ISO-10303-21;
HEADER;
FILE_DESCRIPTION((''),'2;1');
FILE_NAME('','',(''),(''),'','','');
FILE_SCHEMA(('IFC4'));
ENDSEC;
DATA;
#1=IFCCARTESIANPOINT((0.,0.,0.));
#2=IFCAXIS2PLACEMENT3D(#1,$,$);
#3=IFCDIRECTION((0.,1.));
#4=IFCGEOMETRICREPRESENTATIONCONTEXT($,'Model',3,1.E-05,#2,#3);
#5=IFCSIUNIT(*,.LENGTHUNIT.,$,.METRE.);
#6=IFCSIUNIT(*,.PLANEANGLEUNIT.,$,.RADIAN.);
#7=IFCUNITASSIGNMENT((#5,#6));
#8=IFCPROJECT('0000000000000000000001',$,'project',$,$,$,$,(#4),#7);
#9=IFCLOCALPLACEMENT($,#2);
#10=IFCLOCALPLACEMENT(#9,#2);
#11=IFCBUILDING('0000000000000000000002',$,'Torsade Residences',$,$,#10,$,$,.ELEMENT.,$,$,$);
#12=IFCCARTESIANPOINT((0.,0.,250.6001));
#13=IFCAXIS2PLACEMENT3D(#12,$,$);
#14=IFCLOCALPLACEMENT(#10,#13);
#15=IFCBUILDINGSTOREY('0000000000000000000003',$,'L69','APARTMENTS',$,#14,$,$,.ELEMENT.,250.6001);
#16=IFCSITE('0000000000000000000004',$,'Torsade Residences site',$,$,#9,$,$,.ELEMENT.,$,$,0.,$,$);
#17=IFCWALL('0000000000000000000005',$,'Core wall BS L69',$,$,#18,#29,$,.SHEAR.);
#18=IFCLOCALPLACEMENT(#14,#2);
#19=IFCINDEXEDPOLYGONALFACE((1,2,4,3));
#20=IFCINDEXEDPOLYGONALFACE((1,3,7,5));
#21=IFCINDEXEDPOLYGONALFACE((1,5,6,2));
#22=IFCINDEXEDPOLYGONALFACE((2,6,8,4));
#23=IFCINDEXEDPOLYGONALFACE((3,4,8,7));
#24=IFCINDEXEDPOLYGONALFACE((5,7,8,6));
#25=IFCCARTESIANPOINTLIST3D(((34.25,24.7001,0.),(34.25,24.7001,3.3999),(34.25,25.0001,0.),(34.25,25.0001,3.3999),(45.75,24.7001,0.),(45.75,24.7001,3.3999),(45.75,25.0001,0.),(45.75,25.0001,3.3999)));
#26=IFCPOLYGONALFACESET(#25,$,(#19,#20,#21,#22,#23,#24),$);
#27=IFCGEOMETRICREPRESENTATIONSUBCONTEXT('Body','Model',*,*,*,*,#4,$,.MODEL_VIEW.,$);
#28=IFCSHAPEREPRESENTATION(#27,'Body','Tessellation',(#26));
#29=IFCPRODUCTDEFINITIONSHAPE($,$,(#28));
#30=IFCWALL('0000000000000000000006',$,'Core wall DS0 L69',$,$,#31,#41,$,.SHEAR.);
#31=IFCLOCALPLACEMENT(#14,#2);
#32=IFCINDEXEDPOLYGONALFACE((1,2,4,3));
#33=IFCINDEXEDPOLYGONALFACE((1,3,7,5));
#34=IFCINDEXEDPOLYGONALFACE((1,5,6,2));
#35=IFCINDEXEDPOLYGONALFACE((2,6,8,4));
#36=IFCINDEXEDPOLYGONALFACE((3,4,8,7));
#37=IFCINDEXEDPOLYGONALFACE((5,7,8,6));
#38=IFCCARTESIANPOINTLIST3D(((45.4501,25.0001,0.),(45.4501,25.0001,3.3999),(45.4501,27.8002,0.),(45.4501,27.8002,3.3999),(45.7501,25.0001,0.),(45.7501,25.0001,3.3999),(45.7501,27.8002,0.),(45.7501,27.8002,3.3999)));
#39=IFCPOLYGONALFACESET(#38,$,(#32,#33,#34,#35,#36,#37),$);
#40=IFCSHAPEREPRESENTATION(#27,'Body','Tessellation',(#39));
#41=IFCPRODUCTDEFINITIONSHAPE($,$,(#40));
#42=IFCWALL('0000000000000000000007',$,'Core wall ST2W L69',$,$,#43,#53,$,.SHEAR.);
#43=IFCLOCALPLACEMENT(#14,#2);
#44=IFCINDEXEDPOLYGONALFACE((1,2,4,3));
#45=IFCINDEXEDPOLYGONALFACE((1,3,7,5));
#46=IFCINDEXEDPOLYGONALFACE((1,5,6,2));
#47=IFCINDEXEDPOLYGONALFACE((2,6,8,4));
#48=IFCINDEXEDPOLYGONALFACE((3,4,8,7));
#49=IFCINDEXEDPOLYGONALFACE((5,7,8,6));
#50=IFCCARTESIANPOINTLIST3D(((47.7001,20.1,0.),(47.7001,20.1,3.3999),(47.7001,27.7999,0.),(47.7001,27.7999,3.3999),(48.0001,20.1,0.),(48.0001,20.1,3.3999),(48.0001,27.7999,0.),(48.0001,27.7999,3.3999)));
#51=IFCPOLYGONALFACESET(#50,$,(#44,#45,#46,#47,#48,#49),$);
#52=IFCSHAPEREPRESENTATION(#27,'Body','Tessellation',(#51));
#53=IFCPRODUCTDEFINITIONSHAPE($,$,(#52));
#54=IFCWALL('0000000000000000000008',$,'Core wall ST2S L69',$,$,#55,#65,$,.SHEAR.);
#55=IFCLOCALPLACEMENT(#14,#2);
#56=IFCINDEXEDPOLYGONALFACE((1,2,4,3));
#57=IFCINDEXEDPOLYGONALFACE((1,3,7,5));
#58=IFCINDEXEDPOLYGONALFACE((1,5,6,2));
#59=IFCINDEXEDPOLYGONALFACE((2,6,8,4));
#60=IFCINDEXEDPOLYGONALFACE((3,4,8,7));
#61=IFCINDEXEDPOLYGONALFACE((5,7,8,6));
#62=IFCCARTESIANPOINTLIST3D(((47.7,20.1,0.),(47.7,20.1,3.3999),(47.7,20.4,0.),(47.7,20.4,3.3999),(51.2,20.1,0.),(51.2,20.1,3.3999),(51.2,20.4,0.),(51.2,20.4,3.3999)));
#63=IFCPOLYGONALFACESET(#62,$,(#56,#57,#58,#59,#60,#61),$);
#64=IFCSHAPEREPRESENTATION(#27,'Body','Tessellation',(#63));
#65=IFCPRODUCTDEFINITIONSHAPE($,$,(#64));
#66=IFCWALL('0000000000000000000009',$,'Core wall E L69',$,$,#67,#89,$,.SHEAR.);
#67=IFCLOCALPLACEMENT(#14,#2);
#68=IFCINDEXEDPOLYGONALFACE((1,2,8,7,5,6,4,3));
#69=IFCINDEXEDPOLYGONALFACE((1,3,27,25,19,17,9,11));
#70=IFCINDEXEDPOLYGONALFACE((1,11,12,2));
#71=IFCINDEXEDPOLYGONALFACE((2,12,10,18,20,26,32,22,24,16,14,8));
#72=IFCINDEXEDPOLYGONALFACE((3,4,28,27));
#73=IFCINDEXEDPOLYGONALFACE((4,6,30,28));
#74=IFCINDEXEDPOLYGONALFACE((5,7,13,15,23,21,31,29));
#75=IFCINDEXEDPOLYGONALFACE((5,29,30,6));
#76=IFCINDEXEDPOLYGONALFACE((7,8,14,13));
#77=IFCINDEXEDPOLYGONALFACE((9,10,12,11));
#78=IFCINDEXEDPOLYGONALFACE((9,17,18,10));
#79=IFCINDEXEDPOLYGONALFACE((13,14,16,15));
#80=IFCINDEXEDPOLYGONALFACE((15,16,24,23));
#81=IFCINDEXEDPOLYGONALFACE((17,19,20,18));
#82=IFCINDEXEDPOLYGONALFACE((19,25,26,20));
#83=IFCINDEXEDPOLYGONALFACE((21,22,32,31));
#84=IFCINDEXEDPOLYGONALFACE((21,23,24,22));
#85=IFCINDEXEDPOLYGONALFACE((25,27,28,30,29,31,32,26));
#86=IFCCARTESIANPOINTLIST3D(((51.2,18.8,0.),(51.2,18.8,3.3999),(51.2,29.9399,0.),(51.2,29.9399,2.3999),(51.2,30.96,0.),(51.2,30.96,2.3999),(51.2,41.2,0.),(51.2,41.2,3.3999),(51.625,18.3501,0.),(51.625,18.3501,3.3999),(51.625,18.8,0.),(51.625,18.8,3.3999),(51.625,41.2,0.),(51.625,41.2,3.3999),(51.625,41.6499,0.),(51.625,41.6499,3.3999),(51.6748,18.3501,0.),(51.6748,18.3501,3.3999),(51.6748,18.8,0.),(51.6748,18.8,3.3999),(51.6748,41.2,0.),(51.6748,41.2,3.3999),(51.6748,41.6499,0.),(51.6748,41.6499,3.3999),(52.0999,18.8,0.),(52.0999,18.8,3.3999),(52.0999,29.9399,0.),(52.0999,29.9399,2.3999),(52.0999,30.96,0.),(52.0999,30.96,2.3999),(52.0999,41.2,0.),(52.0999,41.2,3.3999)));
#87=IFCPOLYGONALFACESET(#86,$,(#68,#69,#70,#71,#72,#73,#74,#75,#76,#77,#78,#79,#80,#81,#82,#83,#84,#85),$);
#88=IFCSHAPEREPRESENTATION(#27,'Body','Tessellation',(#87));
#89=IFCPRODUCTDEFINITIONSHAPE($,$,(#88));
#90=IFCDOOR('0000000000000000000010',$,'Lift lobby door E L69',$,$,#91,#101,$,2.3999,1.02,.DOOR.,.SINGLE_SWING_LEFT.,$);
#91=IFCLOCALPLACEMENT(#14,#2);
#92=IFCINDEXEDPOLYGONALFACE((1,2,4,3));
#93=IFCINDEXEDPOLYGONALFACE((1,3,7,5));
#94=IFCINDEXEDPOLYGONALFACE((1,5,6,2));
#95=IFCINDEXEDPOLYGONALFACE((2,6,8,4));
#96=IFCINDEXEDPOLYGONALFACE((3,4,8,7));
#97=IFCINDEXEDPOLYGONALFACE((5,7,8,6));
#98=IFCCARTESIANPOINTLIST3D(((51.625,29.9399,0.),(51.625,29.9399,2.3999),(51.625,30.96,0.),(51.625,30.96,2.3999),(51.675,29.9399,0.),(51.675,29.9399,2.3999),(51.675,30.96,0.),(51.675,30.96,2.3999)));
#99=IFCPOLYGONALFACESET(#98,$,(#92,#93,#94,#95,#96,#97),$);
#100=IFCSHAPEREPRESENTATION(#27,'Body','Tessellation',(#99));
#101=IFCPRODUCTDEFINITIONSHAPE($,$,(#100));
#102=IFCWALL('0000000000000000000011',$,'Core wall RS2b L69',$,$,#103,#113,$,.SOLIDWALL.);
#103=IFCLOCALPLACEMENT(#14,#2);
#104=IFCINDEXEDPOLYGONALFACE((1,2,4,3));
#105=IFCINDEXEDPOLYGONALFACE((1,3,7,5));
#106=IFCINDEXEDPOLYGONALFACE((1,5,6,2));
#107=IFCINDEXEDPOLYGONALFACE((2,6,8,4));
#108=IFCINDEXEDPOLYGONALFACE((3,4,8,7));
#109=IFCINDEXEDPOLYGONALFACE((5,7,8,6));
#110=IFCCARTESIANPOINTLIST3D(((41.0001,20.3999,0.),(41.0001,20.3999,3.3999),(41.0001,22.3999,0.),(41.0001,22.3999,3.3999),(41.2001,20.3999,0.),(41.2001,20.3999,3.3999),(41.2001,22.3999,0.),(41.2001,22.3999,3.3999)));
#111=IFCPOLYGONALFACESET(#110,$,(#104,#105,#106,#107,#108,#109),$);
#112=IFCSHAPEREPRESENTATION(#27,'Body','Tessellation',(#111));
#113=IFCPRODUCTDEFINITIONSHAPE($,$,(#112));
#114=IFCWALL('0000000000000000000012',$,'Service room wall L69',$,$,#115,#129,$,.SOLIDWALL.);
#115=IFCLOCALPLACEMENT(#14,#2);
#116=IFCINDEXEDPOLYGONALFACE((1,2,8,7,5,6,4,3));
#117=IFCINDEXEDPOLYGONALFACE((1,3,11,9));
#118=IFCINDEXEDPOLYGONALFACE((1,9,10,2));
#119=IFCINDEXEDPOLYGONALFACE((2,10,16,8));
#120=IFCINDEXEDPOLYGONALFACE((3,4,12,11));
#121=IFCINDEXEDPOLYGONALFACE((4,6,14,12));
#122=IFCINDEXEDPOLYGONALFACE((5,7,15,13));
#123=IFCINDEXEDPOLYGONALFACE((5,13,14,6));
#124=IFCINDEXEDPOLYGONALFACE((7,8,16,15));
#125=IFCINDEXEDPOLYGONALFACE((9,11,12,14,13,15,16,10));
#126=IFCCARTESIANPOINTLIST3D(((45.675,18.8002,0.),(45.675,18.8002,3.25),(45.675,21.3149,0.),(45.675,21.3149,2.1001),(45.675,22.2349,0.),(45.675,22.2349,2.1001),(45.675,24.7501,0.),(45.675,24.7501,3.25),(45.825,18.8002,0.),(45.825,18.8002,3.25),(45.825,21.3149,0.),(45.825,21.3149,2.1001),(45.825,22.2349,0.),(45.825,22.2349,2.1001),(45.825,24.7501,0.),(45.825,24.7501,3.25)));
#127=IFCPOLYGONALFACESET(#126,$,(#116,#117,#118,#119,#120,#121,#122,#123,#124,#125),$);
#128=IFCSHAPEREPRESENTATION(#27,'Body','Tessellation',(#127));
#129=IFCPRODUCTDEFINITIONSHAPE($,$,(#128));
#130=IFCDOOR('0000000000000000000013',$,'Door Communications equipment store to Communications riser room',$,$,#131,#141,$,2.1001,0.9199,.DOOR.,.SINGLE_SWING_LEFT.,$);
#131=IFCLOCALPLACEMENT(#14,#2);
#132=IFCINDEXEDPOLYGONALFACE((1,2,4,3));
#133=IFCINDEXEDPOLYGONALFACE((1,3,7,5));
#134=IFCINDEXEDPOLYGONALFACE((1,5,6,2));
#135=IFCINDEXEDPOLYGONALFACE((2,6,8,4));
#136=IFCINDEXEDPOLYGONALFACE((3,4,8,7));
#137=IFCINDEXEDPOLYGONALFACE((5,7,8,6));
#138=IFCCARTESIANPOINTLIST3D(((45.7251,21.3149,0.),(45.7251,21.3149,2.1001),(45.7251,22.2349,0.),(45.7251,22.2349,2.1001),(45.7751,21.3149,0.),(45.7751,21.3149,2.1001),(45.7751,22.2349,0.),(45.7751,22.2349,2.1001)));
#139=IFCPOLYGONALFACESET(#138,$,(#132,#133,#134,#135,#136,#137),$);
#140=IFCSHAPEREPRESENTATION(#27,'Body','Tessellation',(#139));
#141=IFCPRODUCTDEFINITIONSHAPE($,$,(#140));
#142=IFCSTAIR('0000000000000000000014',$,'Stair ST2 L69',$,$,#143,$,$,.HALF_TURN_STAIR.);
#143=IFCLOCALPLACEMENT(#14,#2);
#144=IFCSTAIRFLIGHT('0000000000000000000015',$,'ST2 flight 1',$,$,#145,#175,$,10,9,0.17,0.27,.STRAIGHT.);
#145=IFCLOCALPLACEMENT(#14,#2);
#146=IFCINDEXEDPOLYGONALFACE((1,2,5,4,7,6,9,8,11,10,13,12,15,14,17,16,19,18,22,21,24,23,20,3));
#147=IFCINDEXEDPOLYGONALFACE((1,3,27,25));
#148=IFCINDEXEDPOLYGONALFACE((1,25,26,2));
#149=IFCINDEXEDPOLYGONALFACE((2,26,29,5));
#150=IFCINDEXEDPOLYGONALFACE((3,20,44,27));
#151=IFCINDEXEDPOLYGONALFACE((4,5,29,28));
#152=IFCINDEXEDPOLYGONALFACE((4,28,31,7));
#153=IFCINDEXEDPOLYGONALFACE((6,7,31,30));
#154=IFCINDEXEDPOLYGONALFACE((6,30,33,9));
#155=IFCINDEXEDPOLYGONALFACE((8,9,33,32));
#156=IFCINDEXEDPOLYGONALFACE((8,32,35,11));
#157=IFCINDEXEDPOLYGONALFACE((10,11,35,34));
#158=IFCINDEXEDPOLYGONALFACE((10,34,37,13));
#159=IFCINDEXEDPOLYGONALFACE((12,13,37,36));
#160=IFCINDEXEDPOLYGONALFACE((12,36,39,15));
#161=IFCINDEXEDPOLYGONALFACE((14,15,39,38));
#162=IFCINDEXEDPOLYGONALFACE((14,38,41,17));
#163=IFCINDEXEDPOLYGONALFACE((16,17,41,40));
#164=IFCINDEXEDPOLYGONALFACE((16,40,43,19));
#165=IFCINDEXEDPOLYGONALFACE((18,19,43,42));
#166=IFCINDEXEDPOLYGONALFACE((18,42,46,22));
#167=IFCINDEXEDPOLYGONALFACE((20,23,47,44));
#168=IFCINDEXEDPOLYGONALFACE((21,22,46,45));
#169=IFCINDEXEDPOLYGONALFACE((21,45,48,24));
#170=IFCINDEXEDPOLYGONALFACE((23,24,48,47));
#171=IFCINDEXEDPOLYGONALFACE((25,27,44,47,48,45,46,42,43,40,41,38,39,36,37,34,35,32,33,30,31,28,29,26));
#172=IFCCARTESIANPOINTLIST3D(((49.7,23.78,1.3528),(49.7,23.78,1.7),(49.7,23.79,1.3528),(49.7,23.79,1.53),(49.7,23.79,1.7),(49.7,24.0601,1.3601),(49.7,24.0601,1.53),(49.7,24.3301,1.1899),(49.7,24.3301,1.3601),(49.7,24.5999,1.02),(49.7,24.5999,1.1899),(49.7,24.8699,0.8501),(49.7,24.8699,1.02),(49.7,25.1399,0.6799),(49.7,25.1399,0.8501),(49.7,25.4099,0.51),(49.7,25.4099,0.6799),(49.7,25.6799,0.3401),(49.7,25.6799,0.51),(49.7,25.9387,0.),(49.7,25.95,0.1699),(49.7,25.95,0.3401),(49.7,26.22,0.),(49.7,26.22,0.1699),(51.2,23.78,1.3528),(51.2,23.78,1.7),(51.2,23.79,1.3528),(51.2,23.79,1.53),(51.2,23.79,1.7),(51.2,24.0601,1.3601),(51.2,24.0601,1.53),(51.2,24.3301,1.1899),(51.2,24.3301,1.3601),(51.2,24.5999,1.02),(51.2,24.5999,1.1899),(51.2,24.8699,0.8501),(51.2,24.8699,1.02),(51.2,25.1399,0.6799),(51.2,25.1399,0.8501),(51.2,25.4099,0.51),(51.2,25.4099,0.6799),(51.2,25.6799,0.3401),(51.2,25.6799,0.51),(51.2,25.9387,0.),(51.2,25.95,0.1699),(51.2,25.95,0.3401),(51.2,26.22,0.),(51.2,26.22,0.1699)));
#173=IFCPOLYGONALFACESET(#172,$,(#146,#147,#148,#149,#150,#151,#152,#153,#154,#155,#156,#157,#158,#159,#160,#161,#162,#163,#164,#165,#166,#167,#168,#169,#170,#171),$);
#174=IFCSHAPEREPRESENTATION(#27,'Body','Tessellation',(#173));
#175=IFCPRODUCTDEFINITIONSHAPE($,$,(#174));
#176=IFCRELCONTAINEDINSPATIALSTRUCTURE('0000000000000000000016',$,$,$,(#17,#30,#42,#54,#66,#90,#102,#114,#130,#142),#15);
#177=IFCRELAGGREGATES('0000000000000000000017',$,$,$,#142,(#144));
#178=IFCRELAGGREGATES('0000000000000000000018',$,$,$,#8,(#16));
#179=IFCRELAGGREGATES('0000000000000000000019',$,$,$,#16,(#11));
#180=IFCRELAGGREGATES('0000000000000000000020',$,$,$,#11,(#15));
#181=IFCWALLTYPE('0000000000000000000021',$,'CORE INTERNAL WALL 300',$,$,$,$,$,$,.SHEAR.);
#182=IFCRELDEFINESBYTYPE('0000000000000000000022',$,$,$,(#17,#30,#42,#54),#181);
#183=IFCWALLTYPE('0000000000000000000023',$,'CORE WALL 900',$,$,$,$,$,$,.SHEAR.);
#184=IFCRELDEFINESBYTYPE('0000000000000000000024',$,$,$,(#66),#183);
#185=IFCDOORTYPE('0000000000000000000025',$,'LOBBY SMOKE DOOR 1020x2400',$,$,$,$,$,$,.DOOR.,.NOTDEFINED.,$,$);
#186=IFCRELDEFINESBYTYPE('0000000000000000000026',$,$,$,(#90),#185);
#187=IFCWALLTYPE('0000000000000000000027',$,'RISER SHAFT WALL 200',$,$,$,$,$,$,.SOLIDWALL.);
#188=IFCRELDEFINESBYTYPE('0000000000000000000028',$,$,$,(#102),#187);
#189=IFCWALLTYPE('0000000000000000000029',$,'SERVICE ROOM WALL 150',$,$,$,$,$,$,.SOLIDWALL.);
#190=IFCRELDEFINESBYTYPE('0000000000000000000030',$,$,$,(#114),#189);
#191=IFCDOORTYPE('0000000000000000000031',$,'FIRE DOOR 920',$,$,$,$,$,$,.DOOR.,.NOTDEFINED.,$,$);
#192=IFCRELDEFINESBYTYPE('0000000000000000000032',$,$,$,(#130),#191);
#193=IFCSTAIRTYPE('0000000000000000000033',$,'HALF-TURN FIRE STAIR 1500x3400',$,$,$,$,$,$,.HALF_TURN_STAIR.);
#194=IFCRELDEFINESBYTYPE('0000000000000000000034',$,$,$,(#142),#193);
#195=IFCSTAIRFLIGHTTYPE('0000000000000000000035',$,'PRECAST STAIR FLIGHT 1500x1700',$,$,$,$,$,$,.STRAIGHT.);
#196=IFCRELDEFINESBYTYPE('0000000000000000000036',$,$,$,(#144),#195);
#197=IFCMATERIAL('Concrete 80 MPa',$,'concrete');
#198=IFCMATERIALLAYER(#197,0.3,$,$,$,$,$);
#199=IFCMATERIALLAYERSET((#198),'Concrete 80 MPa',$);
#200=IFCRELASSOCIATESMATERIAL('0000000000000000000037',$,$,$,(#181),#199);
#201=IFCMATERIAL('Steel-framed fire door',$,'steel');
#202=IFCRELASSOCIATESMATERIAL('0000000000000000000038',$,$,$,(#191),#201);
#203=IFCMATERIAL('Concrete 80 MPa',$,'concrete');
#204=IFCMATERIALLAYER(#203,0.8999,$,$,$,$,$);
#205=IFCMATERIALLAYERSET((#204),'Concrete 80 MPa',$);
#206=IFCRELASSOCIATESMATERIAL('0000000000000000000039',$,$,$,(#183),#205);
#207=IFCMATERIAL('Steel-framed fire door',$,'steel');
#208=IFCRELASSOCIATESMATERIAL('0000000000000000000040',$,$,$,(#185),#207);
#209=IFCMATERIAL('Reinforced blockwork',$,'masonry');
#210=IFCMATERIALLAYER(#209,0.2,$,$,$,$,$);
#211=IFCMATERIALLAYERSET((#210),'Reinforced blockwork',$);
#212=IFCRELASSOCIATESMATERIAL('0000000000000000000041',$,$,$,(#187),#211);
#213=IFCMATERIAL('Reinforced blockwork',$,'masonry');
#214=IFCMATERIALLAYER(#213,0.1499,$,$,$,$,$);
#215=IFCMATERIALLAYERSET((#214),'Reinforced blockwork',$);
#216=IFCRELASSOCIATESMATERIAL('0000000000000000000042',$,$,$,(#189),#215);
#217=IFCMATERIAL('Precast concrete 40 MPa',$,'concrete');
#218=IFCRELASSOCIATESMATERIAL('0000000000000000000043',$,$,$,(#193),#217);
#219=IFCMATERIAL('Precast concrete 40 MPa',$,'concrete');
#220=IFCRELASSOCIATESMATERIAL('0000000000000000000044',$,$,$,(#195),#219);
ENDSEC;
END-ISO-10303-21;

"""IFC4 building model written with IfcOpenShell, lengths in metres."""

from ifc_helpers import new_model, si_unit, direction, frame, frame_2d, origin, place, context, subcontext, project, spatial, polyline, rectangle, outline, extrude, material, layer, layer_set, type_object, element, fill, aggregate, save


model = new_model("IFC4")

# Units and contexts
model_context = context("Model", 3, precision=1e-05, world=origin(), true_north=direction((0.0, 1.0)))
body_context = subcontext(model_context, "Body", "Model", "MODEL_VIEW")
ifc_project = project(units=[si_unit("LENGTHUNIT", "METRE"), si_unit("PLANEANGLEUNIT", "RADIAN")], contexts=[model_context])

# Site, building, storey
site_placement = place(None, origin())
site = spatial("IfcSite", under=ifc_project, at=site_placement, Name="Torsade Residences site", CompositionType="ELEMENT", RefElevation=0.0)
building_placement = place(site_placement, origin())
building = spatial("IfcBuilding", under=site, at=building_placement, Name="Torsade Residences", CompositionType="ELEMENT")
storey_placement = place(building_placement, frame((0.0, 0.0, 250.6001)))
storey = spatial("IfcBuildingStorey", under=building, at=storey_placement, Name="L69", Description="APARTMENTS", CompositionType="ELEMENT", Elevation=250.6001)

# Shared definitions
ifc_material_1 = material(Name="Concrete 80 MPa", Category="concrete")
ifc_layer_1 = layer(ifc_material_1, 0.3)
ifc_layer_set_1 = layer_set([ifc_layer_1], Name="Concrete 80 MPa")
wall_type_1 = type_object("IfcWallType", Name="CORE INTERNAL WALL 300", PredefinedType="SHEAR", material=ifc_layer_set_1)
ifc_material_2 = material(Name="Steel-framed fire door", Category="steel")
door_type_1 = type_object("IfcDoorType", Name="FIRE DOOR 920", OperationType="NOTDEFINED", PredefinedType="DOOR", material=ifc_material_2)

# Walls
wall_1_placement = place(storey_placement, frame((45.75, 24.8501, 0.0), z_axis=(0.0, 0.0, 1.0), x_axis=(-1.0, 0.0, 0.0)))
element("IfcWall", 1, at=wall_1_placement, inside=storey, type_object=wall_type_1, Name="Core wall BS L69", PredefinedType="SHEAR", context=body_context, shape_type="SweptSolid", body=[
    extrude(rectangle(XDim=11.5, YDim=0.3, at=frame_2d((5.75, 0.0))), origin(), (0.0, 0.0, 1.0), 3.3999),
])
wall_2_placement = place(storey_placement, frame((45.6001, 27.8, 0.0), z_axis=(0.0, 0.0, 1.0), x_axis=(0.0, -1.0, 0.0)))
element("IfcWall", 2, at=wall_2_placement, inside=storey, type_object=wall_type_1, Name="Core wall DS0 L69", PredefinedType="SHEAR", context=body_context, shape_type="SweptSolid", body=[
    extrude(rectangle(XDim=2.8, YDim=0.3, at=frame_2d((1.3999, 0.0))), origin(), (0.0, 0.0, 1.0), 3.3999),
])
wall_3_placement = place(storey_placement, frame((47.8501, 27.8, 0.0), z_axis=(0.0, 0.0, 1.0), x_axis=(0.0, -1.0, 0.0)))
element("IfcWall", 3, at=wall_3_placement, inside=storey, type_object=wall_type_1, Name="Core wall ST2W L69", PredefinedType="SHEAR", context=body_context, shape_type="SweptSolid", body=[
    extrude(rectangle(XDim=7.7, YDim=0.3, at=frame_2d((3.8501, 0.0))), origin(), (0.0, 0.0, 1.0), 3.3999),
])
wall_4_placement = place(storey_placement, frame((51.2, 20.25, 0.0), z_axis=(0.0, 0.0, 1.0), x_axis=(-1.0, 0.0, 0.0)))
element("IfcWall", 4, at=wall_4_placement, inside=storey, type_object=wall_type_1, Name="Core wall ST2S L69", PredefinedType="SHEAR", context=body_context, shape_type="SweptSolid", body=[
    extrude(rectangle(XDim=3.5, YDim=0.3, at=frame_2d((1.75, 0.0))), origin(), (0.0, 0.0, 1.0), 3.3999),
])

# Wall, opening, door
ifc_material_3 = material(Name="Concrete 80 MPa", Category="concrete")
ifc_layer_2 = layer(ifc_material_3, 0.8999)
ifc_layer_set_2 = layer_set([ifc_layer_2], Name="Concrete 80 MPa")
wall_type_2 = type_object("IfcWallType", Name="CORE WALL 900", PredefinedType="SHEAR", material=ifc_layer_set_2)
wall_5_placement = place(storey_placement, frame((51.6499, 18.8, 0.0), z_axis=(0.0, 0.0, 1.0), x_axis=(0.0, 1.0, 0.0)))
wall_5 = element("IfcWall", 5, at=wall_5_placement, inside=storey, type_object=wall_type_2, Name="Core wall E L69", PredefinedType="SHEAR", context=body_context, shape_type="SweptSolid", body=[
    extrude(outline(polyline([(0.0, -0.45), (22.3999, -0.45), (22.3999, -0.0249), (22.8499, -0.0249), (22.8499, 0.0249), (22.3999, 0.0249), (22.3999, 0.45), (0.0, 0.45), (0.0, 0.0249), (-0.45, 0.0249), (-0.45, -0.0249), (0.0, -0.0249), (0.0, -0.45)])), origin(), (0.0, 0.0, 1.0), 3.3999),
])
opening_1_placement = place(wall_5_placement, frame((11.1399, 0.0, 0.0)))
opening_1 = element("IfcOpeningElement", 6, at=opening_1_placement, cuts=wall_5, PredefinedType="OPENING", context=body_context, shape_type="SweptSolid", body=[
    extrude(rectangle(XDim=1.02, YDim=2.3999, at=frame_2d((0.51, 1.2))), frame((0.0, 0.46, 0.0), z_axis=(0.0, -1.0, 0.0), x_axis=(1.0, 0.0, 0.0)), (0.0, 0.0, 1.0), 0.9199),
])
ifc_material_4 = material(Name="Steel-framed fire door", Category="steel")
door_type_2 = type_object("IfcDoorType", Name="LOBBY SMOKE DOOR 1020x2400", OperationType="NOTDEFINED", PredefinedType="DOOR", material=ifc_material_4)
door_1_placement = place(opening_1_placement, origin())
door_1 = element("IfcDoor", 7, at=door_1_placement, inside=storey, type_object=door_type_2, Name="Lift lobby door E L69", OperationType="SINGLE_SWING_LEFT", OverallHeight=2.3999, OverallWidth=1.02, PredefinedType="DOOR", context=body_context, shape_type="SweptSolid", body=[
    extrude(rectangle(XDim=1.02, YDim=2.3999, at=frame_2d((0.51, 1.2))), frame((0.0, 0.0249, 0.0), z_axis=(0.0, -1.0, 0.0), x_axis=(1.0, 0.0, 0.0)), (0.0, 0.0, 1.0), 0.05),
])
fill(opening_1, door_1)

# Wall
ifc_material_5 = material(Name="Reinforced blockwork", Category="masonry")
ifc_layer_3 = layer(ifc_material_5, 0.2)
ifc_layer_set_3 = layer_set([ifc_layer_3], Name="Reinforced blockwork")
wall_type_3 = type_object("IfcWallType", Name="RISER SHAFT WALL 200", PredefinedType="SOLIDWALL", material=ifc_layer_set_3)
wall_6_placement = place(storey_placement, frame((41.1001, 22.3999, 0.0), z_axis=(0.0, 0.0, 1.0), x_axis=(0.0, -1.0, 0.0)))
element("IfcWall", 8, at=wall_6_placement, inside=storey, type_object=wall_type_3, Name="Core wall RS2b L69", PredefinedType="SOLIDWALL", context=body_context, shape_type="SweptSolid", body=[
    extrude(rectangle(XDim=2.0, YDim=0.2, at=frame_2d((1.0, 0.0))), origin(), (0.0, 0.0, 1.0), 3.3999),
])

# Wall, opening, door
ifc_material_6 = material(Name="Reinforced blockwork", Category="masonry")
ifc_layer_4 = layer(ifc_material_6, 0.1499)
ifc_layer_set_4 = layer_set([ifc_layer_4], Name="Reinforced blockwork")
wall_type_4 = type_object("IfcWallType", Name="SERVICE ROOM WALL 150", PredefinedType="SOLIDWALL", material=ifc_layer_set_4)
wall_7_placement = place(storey_placement, frame((45.75, 18.8, 0.0), z_axis=(0.0, 0.0, 1.0), x_axis=(0.0, 1.0, 0.0)))
wall_7 = element("IfcWall", 9, at=wall_7_placement, inside=storey, type_object=wall_type_4, Name="Service room wall L69", PredefinedType="SOLIDWALL", context=body_context, shape_type="SweptSolid", body=[
    extrude(rectangle(XDim=5.95, YDim=0.1499, at=frame_2d((2.9751, 0.0))), origin(), (0.0, 0.0, 1.0), 3.25),
])
opening_2_placement = place(wall_7_placement, frame((2.5149, 0.0, 0.0)))
opening_2 = element("IfcOpeningElement", 10, at=opening_2_placement, cuts=wall_7, PredefinedType="OPENING", context=body_context, shape_type="SweptSolid", body=[
    extrude(rectangle(XDim=0.9199, YDim=2.1001, at=frame_2d((0.46, 1.05))), frame((0.0, 0.085, 0.0), z_axis=(0.0, -1.0, 0.0), x_axis=(1.0, 0.0, 0.0)), (0.0, 0.0, 1.0), 0.1699),
])
door_2_placement = place(opening_2_placement, origin())
door_2 = element("IfcDoor", 11, at=door_2_placement, inside=storey, type_object=door_type_1, Name="Door Communications equipment store to Communications riser room", OperationType="SINGLE_SWING_LEFT", OverallHeight=2.1001, OverallWidth=0.9199, PredefinedType="DOOR", context=body_context, shape_type="SweptSolid", body=[
    extrude(rectangle(XDim=0.9199, YDim=2.1001, at=frame_2d((0.46, 1.05))), frame((0.0, 0.0249, 0.0), z_axis=(0.0, -1.0, 0.0), x_axis=(1.0, 0.0, 0.0)), (0.0, 0.0, 1.0), 0.05),
])
fill(opening_2, door_2)

# Stair, stair flight
ifc_material_7 = material(Name="Precast concrete 40 MPa", Category="concrete")
stair_type = type_object("IfcStairType", Name="HALF-TURN FIRE STAIR 1500x3400", PredefinedType="HALF_TURN_STAIR", material=ifc_material_7)
stair_placement = place(storey_placement, origin())
stair = element("IfcStair", 12, at=stair_placement, inside=storey, type_object=stair_type, Name="Stair ST2 L69", PredefinedType="HALF_TURN_STAIR")
ifc_material_8 = material(Name="Precast concrete 40 MPa", Category="concrete")
stair_flight_type = type_object("IfcStairFlightType", Name="PRECAST STAIR FLIGHT 1500x1700", PredefinedType="STRAIGHT", material=ifc_material_8)
stair_flight_1_placement = place(storey_placement, frame((50.45, 26.22, 0.0), z_axis=(0.0, 0.0, 1.0), x_axis=(0.0, -1.0, 0.0)))
stair_flight_1 = element("IfcStairFlight", 13, at=stair_flight_1_placement, type_object=stair_flight_type, Name="ST2 flight 1", NumberOfRisers=10, NumberOfTreads=9, PredefinedType="STRAIGHT", RiserHeight=0.17, TreadLength=0.27, context=body_context, shape_type="SweptSolid", body=[
    extrude(outline(polyline([(0.0, 0.0), (0.0, 0.1699), (0.27, 0.1699), (0.27, 0.3401), (0.54, 0.3401), (0.54, 0.51), (0.8101, 0.51), (0.8101, 0.6799), (1.0801, 0.6799), (1.0801, 0.8501), (1.3501, 0.8501), (1.3501, 1.02), (1.6201, 1.02), (1.6201, 1.1899), (1.8899, 1.1899), (1.8899, 1.3601), (2.1599, 1.3601), (2.1599, 1.53), (2.4299, 1.53), (2.4299, 1.7), (2.4399, 1.7), (2.4399, 1.3528), (2.4299, 1.3528), (0.2812, 0.0), (0.0, 0.0)])), frame((0.0, 0.75, 0.0), z_axis=(0.0, -1.0, 0.0), x_axis=(1.0, 0.0, 0.0)), (0.0, 0.0, 1.0), 1.5),
])
aggregate(stair, [stair_flight_1])

save(model, "model.ifc")
